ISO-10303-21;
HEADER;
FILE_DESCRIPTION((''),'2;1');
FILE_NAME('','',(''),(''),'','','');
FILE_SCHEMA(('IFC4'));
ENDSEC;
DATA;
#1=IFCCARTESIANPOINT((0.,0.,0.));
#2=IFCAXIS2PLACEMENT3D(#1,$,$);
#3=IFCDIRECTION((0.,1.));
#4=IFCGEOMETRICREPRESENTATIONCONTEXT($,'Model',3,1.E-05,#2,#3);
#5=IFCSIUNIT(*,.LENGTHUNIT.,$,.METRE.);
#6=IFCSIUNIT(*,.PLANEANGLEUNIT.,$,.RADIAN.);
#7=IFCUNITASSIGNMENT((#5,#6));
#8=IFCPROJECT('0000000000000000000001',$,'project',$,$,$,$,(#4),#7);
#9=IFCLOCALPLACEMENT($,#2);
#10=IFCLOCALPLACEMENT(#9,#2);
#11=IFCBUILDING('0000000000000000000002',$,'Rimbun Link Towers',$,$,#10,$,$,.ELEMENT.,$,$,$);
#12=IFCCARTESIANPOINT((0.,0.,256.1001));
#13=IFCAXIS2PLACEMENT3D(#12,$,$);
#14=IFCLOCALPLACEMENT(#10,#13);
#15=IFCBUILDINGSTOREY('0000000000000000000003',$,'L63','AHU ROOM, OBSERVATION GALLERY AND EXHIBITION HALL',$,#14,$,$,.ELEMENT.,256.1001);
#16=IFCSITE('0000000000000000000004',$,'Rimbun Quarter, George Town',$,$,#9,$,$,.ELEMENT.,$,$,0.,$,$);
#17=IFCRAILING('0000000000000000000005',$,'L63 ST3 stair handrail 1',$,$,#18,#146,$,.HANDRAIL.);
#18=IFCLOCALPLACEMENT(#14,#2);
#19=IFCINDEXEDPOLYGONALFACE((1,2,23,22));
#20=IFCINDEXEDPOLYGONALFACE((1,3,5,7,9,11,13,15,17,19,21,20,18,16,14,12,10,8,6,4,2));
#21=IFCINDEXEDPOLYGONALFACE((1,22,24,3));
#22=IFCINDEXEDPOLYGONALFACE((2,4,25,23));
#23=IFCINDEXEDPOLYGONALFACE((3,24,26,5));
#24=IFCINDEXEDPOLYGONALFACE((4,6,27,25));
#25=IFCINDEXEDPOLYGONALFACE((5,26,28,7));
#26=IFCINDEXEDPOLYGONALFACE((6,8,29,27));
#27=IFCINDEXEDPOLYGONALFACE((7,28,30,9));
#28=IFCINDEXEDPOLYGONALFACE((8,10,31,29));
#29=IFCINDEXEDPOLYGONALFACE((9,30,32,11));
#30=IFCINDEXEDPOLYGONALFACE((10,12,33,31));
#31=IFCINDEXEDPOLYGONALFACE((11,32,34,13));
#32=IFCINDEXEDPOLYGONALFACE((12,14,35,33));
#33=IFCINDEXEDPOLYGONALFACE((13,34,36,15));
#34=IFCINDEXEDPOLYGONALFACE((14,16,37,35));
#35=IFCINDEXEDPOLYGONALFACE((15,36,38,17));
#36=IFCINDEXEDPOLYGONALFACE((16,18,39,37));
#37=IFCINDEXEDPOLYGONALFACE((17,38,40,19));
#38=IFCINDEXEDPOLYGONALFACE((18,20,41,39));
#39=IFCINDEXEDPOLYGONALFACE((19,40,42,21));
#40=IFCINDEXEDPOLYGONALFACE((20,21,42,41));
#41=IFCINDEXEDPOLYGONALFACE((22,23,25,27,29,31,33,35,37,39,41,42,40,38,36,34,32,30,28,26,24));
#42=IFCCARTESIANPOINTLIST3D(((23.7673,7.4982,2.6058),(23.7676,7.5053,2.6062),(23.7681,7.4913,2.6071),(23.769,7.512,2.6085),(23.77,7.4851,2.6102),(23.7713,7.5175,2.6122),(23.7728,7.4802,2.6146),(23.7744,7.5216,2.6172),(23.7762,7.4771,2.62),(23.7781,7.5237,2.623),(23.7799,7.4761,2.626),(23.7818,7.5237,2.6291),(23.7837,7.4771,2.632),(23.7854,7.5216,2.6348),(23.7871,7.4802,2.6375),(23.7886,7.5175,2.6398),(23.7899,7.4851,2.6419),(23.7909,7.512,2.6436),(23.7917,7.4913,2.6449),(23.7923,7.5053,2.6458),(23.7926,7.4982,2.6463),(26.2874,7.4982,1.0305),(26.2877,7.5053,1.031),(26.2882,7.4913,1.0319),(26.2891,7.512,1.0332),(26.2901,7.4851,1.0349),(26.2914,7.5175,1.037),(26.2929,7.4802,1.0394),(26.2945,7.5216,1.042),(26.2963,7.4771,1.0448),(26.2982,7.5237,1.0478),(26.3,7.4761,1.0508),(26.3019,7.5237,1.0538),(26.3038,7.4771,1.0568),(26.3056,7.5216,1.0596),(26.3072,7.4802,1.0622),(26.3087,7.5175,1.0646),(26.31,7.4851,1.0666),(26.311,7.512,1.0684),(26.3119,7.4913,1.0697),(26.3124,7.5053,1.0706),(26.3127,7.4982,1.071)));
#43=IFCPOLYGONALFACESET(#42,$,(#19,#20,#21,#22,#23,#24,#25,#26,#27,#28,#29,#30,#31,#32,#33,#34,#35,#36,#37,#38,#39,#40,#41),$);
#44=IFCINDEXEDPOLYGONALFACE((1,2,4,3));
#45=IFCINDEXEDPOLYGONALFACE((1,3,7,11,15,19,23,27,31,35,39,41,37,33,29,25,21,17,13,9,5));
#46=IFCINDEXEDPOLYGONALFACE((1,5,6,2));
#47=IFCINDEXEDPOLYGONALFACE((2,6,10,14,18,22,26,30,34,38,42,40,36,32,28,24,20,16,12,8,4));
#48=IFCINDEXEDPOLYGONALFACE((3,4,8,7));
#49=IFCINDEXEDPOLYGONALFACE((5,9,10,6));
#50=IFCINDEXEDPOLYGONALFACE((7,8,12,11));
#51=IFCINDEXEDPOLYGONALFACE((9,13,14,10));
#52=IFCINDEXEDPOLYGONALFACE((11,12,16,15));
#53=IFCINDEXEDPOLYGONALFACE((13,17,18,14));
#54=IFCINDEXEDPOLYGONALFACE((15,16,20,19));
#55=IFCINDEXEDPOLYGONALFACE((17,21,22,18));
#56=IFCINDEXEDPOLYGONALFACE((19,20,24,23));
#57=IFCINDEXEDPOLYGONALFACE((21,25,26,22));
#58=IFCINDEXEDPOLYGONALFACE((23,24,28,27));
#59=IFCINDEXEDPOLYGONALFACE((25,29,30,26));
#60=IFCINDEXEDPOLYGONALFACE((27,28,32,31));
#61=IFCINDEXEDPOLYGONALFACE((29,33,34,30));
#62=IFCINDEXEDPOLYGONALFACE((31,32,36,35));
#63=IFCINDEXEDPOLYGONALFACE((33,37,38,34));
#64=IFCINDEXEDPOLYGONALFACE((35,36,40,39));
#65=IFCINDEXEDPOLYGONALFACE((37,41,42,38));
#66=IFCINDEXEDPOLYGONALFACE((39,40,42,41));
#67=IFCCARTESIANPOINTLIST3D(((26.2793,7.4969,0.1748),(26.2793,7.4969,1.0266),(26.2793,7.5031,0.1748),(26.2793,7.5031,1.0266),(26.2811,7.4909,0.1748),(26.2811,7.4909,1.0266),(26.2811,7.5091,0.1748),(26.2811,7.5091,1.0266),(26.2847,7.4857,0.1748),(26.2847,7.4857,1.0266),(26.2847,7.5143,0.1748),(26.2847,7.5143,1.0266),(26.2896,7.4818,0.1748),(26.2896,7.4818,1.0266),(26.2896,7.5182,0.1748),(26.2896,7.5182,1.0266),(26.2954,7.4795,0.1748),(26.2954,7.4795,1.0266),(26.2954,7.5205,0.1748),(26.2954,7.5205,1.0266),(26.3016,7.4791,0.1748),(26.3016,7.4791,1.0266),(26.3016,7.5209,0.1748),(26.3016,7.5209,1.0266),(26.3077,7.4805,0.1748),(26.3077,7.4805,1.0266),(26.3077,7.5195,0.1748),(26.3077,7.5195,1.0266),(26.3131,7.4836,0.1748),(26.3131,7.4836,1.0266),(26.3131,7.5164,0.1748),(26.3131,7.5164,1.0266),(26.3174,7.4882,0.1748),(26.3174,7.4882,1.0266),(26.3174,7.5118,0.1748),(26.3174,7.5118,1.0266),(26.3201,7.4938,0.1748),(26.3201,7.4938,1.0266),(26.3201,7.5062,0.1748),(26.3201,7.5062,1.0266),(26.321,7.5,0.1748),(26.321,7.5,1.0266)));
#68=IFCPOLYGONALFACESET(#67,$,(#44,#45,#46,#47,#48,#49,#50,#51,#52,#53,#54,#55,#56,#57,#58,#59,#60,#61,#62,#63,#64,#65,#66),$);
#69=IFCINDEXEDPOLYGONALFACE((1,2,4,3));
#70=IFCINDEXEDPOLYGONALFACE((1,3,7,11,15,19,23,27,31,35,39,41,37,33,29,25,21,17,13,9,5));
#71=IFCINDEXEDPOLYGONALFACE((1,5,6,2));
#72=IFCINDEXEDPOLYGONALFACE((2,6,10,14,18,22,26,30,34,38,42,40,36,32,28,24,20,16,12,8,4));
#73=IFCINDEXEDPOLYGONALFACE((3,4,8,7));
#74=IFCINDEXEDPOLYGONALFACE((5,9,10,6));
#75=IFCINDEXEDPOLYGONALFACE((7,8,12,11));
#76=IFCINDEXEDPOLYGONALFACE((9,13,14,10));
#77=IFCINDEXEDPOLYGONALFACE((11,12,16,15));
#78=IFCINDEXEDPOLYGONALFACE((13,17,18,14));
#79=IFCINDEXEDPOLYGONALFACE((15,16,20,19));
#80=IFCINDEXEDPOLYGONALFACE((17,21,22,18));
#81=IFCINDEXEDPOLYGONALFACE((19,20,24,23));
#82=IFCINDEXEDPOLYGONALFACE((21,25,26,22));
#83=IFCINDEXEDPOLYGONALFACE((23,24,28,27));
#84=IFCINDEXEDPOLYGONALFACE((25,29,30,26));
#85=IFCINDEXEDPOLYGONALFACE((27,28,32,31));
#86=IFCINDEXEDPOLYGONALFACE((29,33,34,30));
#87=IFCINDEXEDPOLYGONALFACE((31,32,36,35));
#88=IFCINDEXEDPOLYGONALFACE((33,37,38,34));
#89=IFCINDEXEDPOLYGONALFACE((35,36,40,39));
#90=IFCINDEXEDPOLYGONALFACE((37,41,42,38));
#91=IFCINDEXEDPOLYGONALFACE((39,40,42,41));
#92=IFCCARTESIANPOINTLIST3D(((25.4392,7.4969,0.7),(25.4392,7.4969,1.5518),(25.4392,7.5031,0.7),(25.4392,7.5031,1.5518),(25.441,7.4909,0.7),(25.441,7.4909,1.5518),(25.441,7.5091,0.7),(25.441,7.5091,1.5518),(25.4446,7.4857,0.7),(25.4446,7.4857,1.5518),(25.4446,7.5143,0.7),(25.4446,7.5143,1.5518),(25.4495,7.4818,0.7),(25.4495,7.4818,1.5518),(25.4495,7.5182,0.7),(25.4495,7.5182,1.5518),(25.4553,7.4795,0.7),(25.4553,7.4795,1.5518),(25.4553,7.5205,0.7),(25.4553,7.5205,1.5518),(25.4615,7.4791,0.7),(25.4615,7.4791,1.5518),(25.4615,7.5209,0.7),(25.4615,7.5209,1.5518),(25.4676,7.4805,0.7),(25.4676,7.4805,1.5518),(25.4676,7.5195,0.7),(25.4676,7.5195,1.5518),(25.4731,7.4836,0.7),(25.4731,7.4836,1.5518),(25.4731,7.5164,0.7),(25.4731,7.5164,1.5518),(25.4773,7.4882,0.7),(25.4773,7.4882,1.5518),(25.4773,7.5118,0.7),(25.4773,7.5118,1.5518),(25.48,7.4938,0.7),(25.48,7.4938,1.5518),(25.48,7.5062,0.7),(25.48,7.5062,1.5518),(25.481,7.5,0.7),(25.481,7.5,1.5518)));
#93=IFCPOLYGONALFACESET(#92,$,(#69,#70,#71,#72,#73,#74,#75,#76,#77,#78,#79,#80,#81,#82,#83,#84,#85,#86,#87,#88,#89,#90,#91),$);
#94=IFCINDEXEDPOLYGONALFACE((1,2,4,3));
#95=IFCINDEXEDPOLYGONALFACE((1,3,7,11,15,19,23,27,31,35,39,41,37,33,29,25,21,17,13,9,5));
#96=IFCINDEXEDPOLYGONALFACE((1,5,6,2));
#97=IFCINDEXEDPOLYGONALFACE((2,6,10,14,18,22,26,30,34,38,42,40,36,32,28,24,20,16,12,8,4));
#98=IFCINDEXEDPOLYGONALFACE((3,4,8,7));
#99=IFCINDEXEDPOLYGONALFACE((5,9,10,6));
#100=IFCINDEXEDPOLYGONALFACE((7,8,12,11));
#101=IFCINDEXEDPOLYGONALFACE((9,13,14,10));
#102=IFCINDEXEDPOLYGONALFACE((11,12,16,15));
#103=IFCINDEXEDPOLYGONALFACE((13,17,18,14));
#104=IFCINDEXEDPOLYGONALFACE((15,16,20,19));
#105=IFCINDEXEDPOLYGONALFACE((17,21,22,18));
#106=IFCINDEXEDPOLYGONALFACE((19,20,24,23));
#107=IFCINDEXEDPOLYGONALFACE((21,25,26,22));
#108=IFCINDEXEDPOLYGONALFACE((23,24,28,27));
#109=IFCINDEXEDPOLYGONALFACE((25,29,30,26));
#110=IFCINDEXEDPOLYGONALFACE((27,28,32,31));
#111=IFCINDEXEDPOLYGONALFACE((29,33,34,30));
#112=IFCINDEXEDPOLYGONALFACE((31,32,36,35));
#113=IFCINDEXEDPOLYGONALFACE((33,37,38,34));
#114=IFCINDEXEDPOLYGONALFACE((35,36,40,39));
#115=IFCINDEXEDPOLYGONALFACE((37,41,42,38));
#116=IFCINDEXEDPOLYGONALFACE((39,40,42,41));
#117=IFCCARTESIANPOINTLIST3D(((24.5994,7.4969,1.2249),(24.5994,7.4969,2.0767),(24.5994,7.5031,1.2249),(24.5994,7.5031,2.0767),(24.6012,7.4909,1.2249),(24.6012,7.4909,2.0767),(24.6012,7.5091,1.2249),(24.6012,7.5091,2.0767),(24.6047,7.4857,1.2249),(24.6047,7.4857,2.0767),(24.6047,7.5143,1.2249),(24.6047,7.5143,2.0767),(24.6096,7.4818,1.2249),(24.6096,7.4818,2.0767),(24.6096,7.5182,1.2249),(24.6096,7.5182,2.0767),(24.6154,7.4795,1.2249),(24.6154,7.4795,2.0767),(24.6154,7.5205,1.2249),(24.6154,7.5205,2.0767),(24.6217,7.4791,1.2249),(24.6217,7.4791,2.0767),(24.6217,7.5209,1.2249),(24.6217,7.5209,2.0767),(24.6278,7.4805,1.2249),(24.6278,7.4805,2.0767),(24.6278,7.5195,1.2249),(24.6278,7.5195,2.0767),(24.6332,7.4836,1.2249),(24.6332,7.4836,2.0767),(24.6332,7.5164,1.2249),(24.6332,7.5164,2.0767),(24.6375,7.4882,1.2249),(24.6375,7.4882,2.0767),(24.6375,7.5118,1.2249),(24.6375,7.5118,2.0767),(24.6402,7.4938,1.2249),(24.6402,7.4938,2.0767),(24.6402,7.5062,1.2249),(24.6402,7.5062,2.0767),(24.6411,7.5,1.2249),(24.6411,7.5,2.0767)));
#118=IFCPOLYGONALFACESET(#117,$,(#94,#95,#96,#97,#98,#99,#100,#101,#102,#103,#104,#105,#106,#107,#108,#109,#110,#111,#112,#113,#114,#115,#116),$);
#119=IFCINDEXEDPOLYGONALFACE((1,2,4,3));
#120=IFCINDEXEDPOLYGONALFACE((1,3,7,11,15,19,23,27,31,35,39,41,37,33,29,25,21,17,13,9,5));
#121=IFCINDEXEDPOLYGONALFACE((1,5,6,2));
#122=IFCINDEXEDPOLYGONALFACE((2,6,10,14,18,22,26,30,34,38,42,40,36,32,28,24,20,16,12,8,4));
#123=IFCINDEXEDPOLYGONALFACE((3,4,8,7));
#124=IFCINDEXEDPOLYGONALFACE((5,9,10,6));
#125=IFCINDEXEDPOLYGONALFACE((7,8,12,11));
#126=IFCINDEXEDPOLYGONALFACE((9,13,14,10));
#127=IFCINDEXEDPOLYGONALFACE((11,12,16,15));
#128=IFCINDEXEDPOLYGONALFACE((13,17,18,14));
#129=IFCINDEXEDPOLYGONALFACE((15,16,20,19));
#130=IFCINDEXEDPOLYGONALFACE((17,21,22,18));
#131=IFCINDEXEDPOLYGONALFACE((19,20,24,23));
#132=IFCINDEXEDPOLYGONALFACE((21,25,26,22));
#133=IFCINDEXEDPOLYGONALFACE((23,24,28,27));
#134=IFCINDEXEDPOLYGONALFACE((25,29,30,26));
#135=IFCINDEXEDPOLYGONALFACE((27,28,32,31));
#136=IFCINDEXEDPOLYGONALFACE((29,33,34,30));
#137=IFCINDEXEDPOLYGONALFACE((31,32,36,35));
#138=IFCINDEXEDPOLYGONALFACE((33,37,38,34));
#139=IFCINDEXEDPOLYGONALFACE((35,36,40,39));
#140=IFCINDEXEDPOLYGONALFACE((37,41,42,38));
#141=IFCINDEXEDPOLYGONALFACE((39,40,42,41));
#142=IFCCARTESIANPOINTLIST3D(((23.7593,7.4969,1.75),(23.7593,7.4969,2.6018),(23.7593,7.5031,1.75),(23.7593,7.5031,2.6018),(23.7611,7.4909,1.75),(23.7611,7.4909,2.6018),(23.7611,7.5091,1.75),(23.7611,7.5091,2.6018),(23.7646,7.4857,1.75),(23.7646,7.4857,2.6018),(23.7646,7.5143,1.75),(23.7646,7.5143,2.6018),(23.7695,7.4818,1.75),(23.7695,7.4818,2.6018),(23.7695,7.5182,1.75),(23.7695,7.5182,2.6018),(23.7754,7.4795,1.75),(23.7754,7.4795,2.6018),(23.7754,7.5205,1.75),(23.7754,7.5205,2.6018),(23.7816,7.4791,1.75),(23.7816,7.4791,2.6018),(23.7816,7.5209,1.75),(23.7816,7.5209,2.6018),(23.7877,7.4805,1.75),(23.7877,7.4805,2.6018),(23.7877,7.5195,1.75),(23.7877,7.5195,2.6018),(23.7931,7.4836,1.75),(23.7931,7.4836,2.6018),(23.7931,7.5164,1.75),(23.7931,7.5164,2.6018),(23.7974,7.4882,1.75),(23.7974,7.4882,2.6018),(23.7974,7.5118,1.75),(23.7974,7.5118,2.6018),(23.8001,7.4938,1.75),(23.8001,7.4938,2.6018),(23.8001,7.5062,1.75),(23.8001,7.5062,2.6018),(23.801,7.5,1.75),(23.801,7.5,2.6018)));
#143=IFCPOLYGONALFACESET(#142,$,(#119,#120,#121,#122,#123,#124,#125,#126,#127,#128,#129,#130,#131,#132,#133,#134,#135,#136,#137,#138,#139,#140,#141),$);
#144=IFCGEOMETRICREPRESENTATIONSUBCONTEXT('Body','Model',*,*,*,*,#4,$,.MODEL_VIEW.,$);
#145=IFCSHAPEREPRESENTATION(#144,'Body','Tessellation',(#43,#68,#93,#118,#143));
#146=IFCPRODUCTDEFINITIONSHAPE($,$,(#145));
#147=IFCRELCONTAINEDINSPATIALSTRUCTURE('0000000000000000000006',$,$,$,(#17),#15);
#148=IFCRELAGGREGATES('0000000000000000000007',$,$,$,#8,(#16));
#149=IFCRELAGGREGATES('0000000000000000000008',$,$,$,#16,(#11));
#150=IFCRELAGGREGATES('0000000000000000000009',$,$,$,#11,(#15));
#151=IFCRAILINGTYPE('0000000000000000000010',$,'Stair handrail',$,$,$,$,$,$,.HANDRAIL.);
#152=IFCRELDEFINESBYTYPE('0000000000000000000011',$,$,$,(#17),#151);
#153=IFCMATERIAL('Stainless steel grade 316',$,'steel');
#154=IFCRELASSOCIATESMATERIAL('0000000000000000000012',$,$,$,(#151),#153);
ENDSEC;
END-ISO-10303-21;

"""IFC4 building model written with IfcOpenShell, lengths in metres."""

from ifc_helpers import new_model, si_unit, direction, frame, origin, origin_2d, place, context, subcontext, project, spatial, circle, extrude, material, type_object, element, save


model = new_model("IFC4")

# Units and contexts
model_context = context("Model", 3, precision=1e-05, world=origin(), true_north=direction((0.0, 1.0)))
body_context = subcontext(model_context, "Body", "Model", "MODEL_VIEW")
ifc_project = project(units=[si_unit("LENGTHUNIT", "METRE"), si_unit("PLANEANGLEUNIT", "RADIAN")], contexts=[model_context])

# Site, building, storey
site_placement = place(None, origin())
site = spatial("IfcSite", under=ifc_project, at=site_placement, Name="Rimbun Quarter, George Town", CompositionType="ELEMENT", RefElevation=0.0)
building_placement = place(site_placement, origin())
building = spatial("IfcBuilding", under=site, at=building_placement, Name="Rimbun Link Towers", CompositionType="ELEMENT")
storey_placement = place(building_placement, frame((0.0, 0.0, 256.1001)))
storey = spatial("IfcBuildingStorey", under=building, at=storey_placement, Name="L63", Description="AHU ROOM, OBSERVATION GALLERY AND EXHIBITION HALL", CompositionType="ELEMENT", Elevation=256.1001)

# Railing
ifc_material_1 = material(Name="Stainless steel grade 316", Category="steel")
railing_type_1 = type_object("IfcRailingType", Name="Stair handrail", PredefinedType="HANDRAIL", material=ifc_material_1)
railing_1_placement = place(storey_placement, frame((26.3, 7.5, 0.1748)))
element("IfcRailing", 1, at=railing_1_placement, inside=storey, type_object=railing_type_1, Name="L63 ST3 stair handrail 1", PredefinedType="HANDRAIL", context=body_context, shape_type="SweptSolid", body=[
    extrude(circle(Radius=0.0239, at=origin_2d()), frame((0.0, 0.0, 0.876), z_axis=(-0.847971, 0.0, 0.530043), x_axis=(0.0, -1.0, 0.0)), (0.0, 0.0, 1.0), 2.9719),
    extrude(circle(Radius=0.021, at=origin_2d()), origin(), (0.0, 0.0, 1.0), 0.8518),
    extrude(circle(Radius=0.021, at=origin_2d()), frame((-0.8401, 0.0, 0.5251)), (0.0, 0.0, 1.0), 0.8518),
    extrude(circle(Radius=0.021, at=origin_2d()), frame((-1.6799, 0.0, 1.05)), (0.0, 0.0, 1.0), 0.8518),
    extrude(circle(Radius=0.021, at=origin_2d()), frame((-2.52, 0.0, 1.5752)), (0.0, 0.0, 1.0), 0.8518),
])

save(model, "model.ifc")
